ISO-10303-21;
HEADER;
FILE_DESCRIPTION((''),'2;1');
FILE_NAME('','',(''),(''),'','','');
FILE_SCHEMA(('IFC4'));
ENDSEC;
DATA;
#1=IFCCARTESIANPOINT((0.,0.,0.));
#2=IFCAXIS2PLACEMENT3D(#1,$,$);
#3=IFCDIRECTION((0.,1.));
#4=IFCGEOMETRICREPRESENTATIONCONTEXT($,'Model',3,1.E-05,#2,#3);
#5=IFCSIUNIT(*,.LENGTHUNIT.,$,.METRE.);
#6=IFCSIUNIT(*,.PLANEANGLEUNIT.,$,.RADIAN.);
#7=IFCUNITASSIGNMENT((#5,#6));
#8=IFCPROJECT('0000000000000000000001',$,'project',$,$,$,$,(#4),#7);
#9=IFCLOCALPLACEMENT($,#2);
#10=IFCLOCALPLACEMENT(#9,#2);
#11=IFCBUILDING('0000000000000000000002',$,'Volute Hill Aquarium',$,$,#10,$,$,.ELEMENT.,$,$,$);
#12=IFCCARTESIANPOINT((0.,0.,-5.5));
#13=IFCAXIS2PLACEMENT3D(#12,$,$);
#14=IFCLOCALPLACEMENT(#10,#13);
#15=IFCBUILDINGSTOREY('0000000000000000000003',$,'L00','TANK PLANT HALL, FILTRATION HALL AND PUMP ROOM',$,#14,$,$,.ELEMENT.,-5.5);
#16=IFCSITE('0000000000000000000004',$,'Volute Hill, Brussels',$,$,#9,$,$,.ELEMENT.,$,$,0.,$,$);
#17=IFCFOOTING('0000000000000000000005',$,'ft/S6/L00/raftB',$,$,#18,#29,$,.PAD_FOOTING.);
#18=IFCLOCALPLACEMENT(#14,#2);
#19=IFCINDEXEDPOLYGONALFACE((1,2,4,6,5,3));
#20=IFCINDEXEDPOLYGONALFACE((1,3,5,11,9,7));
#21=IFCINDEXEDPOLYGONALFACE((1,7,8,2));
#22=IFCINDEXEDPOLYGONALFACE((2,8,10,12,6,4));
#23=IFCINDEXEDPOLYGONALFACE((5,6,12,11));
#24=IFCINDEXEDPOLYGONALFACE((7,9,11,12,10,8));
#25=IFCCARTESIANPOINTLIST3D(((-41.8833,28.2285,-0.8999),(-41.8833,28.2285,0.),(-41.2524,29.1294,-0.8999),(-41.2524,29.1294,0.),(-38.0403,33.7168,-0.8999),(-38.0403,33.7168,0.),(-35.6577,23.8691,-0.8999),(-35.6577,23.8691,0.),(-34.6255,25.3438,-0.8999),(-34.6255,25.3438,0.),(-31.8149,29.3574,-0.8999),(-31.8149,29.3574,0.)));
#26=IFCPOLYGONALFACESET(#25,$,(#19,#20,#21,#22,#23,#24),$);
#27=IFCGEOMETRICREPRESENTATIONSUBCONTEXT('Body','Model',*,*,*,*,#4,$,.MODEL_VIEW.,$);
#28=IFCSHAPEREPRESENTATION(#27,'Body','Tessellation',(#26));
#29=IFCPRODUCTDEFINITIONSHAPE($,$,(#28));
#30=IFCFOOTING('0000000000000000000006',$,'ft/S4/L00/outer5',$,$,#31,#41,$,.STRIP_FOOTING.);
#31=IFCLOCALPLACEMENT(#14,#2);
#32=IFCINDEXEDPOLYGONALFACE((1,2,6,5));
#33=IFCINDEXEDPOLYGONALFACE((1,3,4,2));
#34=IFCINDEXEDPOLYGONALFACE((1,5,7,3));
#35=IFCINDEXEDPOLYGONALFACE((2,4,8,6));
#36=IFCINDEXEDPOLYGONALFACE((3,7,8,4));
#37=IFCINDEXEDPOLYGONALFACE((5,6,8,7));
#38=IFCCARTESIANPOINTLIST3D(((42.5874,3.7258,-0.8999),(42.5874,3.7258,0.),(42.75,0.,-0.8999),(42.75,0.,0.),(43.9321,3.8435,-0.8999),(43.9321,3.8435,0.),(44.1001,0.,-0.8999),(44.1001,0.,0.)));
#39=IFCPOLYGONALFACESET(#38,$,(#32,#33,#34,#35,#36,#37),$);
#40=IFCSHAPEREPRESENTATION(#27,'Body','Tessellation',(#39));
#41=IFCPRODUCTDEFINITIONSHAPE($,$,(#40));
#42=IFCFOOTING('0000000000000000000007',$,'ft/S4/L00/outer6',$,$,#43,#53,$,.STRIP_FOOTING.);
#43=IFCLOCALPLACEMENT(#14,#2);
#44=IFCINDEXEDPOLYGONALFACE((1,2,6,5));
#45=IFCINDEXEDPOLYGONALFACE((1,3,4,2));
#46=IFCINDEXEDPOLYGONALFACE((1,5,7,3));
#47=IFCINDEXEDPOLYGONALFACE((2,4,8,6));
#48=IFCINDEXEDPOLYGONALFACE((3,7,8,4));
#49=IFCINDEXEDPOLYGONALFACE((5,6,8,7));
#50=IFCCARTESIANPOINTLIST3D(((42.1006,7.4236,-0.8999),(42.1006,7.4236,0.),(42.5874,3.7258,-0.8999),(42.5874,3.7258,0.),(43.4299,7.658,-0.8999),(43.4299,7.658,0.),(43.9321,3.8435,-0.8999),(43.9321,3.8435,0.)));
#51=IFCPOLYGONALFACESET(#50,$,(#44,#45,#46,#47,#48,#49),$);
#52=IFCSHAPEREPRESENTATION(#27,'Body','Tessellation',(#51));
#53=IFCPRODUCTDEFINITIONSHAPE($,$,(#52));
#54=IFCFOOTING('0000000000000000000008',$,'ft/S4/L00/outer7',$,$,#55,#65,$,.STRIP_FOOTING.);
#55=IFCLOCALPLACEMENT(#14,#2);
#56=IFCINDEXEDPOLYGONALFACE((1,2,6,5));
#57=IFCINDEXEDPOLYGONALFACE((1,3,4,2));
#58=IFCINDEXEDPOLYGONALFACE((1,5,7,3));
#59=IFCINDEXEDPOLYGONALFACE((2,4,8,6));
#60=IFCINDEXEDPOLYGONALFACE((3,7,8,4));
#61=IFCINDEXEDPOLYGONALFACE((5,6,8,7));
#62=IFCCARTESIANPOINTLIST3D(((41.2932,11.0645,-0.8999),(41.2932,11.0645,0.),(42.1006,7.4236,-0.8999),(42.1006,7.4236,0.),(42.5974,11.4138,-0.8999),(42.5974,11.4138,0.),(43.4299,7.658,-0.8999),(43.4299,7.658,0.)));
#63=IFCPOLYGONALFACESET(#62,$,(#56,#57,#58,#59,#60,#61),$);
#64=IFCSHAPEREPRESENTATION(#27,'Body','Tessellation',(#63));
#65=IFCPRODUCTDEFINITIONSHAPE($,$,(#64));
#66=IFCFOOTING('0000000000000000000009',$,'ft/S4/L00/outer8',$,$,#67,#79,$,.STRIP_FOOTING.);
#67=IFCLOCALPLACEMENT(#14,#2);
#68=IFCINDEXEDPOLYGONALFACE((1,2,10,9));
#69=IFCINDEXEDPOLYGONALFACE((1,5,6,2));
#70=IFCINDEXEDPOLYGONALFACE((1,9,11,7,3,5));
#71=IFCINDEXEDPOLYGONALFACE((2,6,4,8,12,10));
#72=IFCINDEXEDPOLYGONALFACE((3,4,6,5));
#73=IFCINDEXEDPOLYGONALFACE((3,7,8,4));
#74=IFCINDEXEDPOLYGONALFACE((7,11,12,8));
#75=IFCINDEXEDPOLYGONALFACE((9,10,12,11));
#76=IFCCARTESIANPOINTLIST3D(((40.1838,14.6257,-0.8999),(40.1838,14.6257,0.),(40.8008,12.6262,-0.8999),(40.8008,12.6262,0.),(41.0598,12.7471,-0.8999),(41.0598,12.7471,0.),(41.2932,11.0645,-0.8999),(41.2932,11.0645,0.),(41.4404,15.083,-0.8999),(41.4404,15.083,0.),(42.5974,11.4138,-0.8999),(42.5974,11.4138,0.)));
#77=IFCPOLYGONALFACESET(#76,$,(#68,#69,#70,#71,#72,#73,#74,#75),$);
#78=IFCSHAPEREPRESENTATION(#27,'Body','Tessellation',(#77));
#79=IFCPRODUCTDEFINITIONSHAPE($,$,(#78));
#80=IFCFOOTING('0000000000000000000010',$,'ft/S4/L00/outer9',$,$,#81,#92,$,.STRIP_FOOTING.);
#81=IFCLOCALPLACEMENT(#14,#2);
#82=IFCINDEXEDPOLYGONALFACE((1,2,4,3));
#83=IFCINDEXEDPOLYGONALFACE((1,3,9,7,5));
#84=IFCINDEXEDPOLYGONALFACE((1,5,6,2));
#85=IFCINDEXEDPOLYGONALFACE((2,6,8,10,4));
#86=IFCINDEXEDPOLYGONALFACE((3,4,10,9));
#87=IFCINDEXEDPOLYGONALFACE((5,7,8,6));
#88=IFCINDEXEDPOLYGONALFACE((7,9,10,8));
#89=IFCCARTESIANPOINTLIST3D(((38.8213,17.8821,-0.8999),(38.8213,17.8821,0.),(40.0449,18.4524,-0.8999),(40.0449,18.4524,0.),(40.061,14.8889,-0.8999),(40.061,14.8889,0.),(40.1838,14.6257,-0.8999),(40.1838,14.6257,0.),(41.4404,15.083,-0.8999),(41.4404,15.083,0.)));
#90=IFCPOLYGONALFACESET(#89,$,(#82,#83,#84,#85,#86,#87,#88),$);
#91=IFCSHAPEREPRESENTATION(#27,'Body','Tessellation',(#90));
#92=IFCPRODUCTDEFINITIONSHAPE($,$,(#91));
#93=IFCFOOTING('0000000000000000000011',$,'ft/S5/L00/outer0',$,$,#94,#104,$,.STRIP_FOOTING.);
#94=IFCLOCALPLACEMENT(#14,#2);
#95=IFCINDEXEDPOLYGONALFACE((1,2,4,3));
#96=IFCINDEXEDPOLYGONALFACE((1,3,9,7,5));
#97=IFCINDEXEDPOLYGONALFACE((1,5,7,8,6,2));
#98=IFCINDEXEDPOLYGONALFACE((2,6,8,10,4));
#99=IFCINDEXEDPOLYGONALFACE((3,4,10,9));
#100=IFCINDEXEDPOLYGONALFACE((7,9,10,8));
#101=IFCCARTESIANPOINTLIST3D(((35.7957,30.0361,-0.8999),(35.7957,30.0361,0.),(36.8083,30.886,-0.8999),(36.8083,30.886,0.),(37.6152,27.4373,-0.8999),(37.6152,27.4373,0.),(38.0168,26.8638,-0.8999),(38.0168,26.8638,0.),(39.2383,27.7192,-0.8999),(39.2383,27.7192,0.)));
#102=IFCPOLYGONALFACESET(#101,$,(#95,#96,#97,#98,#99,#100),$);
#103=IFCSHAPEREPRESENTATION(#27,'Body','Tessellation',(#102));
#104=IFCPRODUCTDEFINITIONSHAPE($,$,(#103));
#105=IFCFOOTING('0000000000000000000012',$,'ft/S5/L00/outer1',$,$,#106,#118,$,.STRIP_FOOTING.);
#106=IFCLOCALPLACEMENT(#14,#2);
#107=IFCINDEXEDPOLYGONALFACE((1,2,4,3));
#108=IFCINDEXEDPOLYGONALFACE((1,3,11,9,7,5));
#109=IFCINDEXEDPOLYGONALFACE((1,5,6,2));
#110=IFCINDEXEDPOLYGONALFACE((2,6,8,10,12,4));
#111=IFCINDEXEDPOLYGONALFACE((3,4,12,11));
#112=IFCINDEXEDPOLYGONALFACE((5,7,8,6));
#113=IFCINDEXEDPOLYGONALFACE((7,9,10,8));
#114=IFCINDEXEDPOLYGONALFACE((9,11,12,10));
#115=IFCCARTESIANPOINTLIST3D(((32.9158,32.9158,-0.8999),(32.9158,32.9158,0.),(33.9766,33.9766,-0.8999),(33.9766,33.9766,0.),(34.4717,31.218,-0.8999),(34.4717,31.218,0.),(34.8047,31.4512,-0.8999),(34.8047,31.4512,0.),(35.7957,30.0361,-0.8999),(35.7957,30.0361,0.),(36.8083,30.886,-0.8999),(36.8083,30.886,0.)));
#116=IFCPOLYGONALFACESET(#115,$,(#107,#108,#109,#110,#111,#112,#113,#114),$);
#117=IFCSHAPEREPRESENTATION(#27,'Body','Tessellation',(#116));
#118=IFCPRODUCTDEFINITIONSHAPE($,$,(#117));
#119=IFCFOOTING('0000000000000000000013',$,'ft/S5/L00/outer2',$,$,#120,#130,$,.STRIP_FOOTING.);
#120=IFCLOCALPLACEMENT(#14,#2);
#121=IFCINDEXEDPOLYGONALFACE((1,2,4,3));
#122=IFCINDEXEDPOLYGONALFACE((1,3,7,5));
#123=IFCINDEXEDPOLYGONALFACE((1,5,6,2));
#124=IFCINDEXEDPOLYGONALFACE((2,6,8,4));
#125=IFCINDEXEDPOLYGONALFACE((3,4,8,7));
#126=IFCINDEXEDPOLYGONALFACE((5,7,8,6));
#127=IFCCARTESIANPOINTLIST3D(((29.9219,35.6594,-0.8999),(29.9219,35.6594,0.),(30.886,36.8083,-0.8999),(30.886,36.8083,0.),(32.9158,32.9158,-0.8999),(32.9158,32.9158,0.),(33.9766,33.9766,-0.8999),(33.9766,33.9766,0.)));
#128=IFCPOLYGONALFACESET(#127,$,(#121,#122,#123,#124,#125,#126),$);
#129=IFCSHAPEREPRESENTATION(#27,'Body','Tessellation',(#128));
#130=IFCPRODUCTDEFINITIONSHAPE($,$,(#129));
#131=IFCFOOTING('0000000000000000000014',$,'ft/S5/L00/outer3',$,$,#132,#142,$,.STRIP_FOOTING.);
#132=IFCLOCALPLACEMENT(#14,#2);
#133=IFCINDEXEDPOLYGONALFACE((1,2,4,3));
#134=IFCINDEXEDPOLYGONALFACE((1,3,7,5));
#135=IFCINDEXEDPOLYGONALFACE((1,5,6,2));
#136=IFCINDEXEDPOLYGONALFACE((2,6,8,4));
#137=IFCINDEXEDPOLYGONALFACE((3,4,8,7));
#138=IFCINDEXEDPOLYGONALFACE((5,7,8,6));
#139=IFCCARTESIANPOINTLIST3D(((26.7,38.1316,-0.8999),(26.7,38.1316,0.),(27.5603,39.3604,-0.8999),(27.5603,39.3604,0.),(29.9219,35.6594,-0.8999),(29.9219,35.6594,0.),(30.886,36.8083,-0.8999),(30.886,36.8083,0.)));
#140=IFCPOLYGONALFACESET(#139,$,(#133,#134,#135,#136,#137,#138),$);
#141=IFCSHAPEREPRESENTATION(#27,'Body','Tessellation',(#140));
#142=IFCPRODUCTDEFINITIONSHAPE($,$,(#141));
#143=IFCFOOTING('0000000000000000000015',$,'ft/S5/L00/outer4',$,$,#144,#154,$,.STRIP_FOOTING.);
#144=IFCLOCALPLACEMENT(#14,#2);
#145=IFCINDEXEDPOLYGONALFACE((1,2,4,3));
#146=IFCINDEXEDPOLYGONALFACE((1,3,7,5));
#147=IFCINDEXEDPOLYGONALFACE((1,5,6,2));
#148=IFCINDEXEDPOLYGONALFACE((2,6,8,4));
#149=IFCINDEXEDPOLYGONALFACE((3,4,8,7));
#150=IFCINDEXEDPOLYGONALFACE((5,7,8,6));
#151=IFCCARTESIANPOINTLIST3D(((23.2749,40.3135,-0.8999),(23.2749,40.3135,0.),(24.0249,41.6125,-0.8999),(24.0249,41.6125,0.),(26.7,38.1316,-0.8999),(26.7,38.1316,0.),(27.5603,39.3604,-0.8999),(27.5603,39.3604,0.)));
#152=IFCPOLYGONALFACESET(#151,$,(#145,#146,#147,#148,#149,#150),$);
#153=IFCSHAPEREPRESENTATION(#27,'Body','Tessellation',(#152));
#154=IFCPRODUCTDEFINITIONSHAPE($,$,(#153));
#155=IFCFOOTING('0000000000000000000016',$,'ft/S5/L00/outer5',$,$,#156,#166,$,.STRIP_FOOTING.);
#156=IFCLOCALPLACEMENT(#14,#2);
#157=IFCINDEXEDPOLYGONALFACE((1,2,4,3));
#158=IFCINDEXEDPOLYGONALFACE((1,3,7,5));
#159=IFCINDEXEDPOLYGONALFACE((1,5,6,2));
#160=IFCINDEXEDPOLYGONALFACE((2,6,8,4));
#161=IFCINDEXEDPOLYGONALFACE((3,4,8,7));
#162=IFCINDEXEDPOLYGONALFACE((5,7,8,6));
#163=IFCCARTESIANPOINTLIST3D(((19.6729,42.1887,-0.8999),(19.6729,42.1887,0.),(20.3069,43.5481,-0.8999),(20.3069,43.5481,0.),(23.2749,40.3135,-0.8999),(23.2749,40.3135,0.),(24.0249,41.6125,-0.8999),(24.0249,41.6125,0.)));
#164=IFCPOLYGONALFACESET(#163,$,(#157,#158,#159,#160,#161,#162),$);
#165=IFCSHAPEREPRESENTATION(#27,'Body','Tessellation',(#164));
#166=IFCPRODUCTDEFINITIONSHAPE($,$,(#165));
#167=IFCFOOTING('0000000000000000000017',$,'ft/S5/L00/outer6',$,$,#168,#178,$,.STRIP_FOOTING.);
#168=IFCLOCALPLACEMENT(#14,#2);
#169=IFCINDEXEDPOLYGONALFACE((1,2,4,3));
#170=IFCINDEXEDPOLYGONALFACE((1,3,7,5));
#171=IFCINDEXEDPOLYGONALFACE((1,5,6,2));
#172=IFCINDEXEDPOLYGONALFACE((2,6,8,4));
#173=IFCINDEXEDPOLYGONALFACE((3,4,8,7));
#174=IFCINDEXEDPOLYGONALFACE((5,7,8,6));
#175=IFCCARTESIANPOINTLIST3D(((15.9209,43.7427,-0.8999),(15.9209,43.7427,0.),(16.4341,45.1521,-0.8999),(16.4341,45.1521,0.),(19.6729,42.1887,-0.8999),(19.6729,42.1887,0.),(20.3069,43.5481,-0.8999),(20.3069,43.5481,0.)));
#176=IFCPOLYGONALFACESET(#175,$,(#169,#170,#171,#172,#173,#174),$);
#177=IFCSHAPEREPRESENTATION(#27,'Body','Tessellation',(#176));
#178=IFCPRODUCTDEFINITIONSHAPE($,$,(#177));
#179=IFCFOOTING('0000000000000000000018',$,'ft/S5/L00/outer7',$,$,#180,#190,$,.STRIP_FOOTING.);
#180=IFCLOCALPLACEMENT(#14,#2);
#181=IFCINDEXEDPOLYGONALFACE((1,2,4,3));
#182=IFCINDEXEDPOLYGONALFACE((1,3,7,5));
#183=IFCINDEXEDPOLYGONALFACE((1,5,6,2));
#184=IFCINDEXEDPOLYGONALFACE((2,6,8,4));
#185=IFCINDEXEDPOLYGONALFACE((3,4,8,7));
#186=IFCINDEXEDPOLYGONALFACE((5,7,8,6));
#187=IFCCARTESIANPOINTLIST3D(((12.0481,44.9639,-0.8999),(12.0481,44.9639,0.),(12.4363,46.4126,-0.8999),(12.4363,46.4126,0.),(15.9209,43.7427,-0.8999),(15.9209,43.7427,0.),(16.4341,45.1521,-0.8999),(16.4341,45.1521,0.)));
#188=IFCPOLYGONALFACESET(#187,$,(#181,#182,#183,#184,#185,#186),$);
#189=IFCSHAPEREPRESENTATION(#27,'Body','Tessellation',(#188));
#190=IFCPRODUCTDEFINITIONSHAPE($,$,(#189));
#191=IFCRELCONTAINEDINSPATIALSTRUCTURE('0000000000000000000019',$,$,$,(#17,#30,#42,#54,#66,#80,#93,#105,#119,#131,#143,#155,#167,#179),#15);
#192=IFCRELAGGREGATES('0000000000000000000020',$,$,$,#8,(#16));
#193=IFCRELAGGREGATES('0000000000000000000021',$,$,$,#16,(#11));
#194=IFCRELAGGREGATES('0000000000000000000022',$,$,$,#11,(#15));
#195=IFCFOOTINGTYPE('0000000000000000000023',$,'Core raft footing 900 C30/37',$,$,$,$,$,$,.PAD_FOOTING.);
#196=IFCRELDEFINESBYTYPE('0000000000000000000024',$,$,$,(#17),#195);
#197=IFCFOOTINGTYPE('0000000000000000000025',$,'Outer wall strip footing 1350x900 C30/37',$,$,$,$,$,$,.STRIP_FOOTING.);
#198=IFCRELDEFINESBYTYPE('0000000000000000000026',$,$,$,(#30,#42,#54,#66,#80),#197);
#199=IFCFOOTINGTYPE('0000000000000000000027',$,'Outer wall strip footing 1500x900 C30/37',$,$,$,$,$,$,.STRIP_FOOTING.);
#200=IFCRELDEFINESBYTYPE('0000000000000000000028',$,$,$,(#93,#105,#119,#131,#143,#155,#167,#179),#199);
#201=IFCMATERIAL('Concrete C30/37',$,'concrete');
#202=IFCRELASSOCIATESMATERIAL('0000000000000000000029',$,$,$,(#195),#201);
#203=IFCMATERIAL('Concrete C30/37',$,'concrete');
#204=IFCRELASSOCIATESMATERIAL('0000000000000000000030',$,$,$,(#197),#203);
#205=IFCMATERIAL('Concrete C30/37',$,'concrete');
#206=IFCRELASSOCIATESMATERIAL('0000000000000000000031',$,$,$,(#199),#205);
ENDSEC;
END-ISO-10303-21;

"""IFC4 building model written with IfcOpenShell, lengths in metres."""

from ifc_helpers import new_model, si_unit, direction, frame, origin, place, context, subcontext, project, spatial, polyline, outline, extrude, material, type_object, element, save


model = new_model("IFC4")

# Units and contexts
model_context = context("Model", 3, precision=1e-05, world=origin(), true_north=direction((0.0, 1.0)))
body_context = subcontext(model_context, "Body", "Model", "MODEL_VIEW")
ifc_project = project(units=[si_unit("LENGTHUNIT", "METRE"), si_unit("PLANEANGLEUNIT", "RADIAN")], contexts=[model_context])

# Site, building, storey
site_placement = place(None, origin())
site = spatial("IfcSite", under=ifc_project, at=site_placement, Name="Volute Hill, Brussels", CompositionType="ELEMENT", RefElevation=0.0)
building_placement = place(site_placement, origin())
building = spatial("IfcBuilding", under=site, at=building_placement, Name="Volute Hill Aquarium", CompositionType="ELEMENT")
storey_placement = place(building_placement, frame((0.0, 0.0, -5.5)))
storey = spatial("IfcBuildingStorey", under=building, at=storey_placement, Name="L00", Description="TANK PLANT HALL, FILTRATION HALL AND PUMP ROOM", CompositionType="ELEMENT", Elevation=-5.5)

# Footings
ifc_material_1 = material(Name="Concrete C30/37", Category="concrete")
footing_type_1 = type_object("IfcFootingType", Name="Core raft footing 900 C30/37", PredefinedType="PAD_FOOTING", material=ifc_material_1)
footing_1_placement = place(storey_placement, frame((0.0, 0.0, -0.8999)))
element("IfcFooting", 1, at=footing_1_placement, inside=storey, type_object=footing_type_1, Name="ft/S6/L00/raftB", PredefinedType="PAD_FOOTING", context=body_context, shape_type="SweptSolid", body=[
    extrude(outline(polyline([(-41.8833, 28.2285), (-41.2524, 29.1294), (-41.2524, 29.1294), (-38.0403, 33.7168), (-31.8149, 29.3574), (-34.6255, 25.3438), (-34.6255, 25.3438), (-35.6577, 23.8691), (-41.8833, 28.2285)])), origin(), (0.0, 0.0, 1.0), 0.8999),
])
ifc_material_2 = material(Name="Concrete C30/37", Category="concrete")
footing_type_2 = type_object("IfcFootingType", Name="Outer wall strip footing 1350x900 C30/37", PredefinedType="STRIP_FOOTING", material=ifc_material_2)
footing_2_placement = place(storey_placement, frame((0.0, 0.0, -0.8999)))
element("IfcFooting", 2, at=footing_2_placement, inside=storey, type_object=footing_type_2, Name="ft/S4/L00/outer5", PredefinedType="STRIP_FOOTING", context=body_context, shape_type="SweptSolid", body=[
    extrude(outline(polyline([(43.9321, 3.8435), (44.1001, 0.0), (42.75, 0.0), (42.5874, 3.7258), (43.9321, 3.8435)])), origin(), (0.0, 0.0, 1.0), 0.8999),
])
footing_3_placement = place(storey_placement, frame((0.0, 0.0, -0.8999)))
element("IfcFooting", 3, at=footing_3_placement, inside=storey, type_object=footing_type_2, Name="ft/S4/L00/outer6", PredefinedType="STRIP_FOOTING", context=body_context, shape_type="SweptSolid", body=[
    extrude(outline(polyline([(43.4299, 7.658), (43.9321, 3.8435), (42.5874, 3.7258), (42.1006, 7.4236), (43.4299, 7.658)])), origin(), (0.0, 0.0, 1.0), 0.8999),
])
footing_4_placement = place(storey_placement, frame((0.0, 0.0, -0.8999)))
element("IfcFooting", 4, at=footing_4_placement, inside=storey, type_object=footing_type_2, Name="ft/S4/L00/outer7", PredefinedType="STRIP_FOOTING", context=body_context, shape_type="SweptSolid", body=[
    extrude(outline(polyline([(42.5974, 11.4138), (43.4299, 7.658), (42.1006, 7.4236), (41.2932, 11.0645), (42.5974, 11.4138)])), origin(), (0.0, 0.0, 1.0), 0.8999),
])
footing_5_placement = place(storey_placement, frame((0.0, 0.0, -0.8999)))
element("IfcFooting", 5, at=footing_5_placement, inside=storey, type_object=footing_type_2, Name="ft/S4/L00/outer8", PredefinedType="STRIP_FOOTING", context=body_context, shape_type="SweptSolid", body=[
    extrude(outline(polyline([(41.4404, 15.083), (42.5974, 11.4138), (41.2932, 11.0645), (40.8008, 12.6262), (41.0598, 12.7471), (40.1838, 14.6257), (41.4404, 15.083)])), origin(), (0.0, 0.0, 1.0), 0.8999),
])
footing_6_placement = place(storey_placement, frame((0.0, 0.0, -0.8999)))
element("IfcFooting", 6, at=footing_6_placement, inside=storey, type_object=footing_type_2, Name="ft/S4/L00/outer9", PredefinedType="STRIP_FOOTING", context=body_context, shape_type="SweptSolid", body=[
    extrude(outline(polyline([(40.1838, 14.6257), (40.061, 14.8889), (38.8213, 17.8821), (40.0449, 18.4524), (41.4404, 15.083), (40.1838, 14.6257)])), origin(), (0.0, 0.0, 1.0), 0.8999),
])
ifc_material_3 = material(Name="Concrete C30/37", Category="concrete")
footing_type_3 = type_object("IfcFootingType", Name="Outer wall strip footing 1500x900 C30/37", PredefinedType="STRIP_FOOTING", material=ifc_material_3)
footing_7_placement = place(storey_placement, frame((0.0, 0.0, -0.8999)))
element("IfcFooting", 7, at=footing_7_placement, inside=storey, type_object=footing_type_3, Name="ft/S5/L00/outer0", PredefinedType="STRIP_FOOTING", context=body_context, shape_type="SweptSolid", body=[
    extrude(outline(polyline([(36.8083, 30.886), (39.2383, 27.7192), (38.0168, 26.8638), (37.6152, 27.4373), (37.6152, 27.4373), (35.7957, 30.0361), (36.8083, 30.886)])), origin(), (0.0, 0.0, 1.0), 0.8999),
])
footing_8_placement = place(storey_placement, frame((0.0, 0.0, -0.8999)))
element("IfcFooting", 8, at=footing_8_placement, inside=storey, type_object=footing_type_3, Name="ft/S5/L00/outer1", PredefinedType="STRIP_FOOTING", context=body_context, shape_type="SweptSolid", body=[
    extrude(outline(polyline([(33.9766, 33.9766), (36.8083, 30.886), (35.7957, 30.0361), (34.8047, 31.4512), (34.4717, 31.218), (32.9158, 32.9158), (33.9766, 33.9766)])), origin(), (0.0, 0.0, 1.0), 0.8999),
])
footing_9_placement = place(storey_placement, frame((0.0, 0.0, -0.8999)))
element("IfcFooting", 9, at=footing_9_placement, inside=storey, type_object=footing_type_3, Name="ft/S5/L00/outer2", PredefinedType="STRIP_FOOTING", context=body_context, shape_type="SweptSolid", body=[
    extrude(outline(polyline([(30.886, 36.8083), (33.9766, 33.9766), (32.9158, 32.9158), (29.9219, 35.6594), (30.886, 36.8083)])), origin(), (0.0, 0.0, 1.0), 0.8999),
])
footing_10_placement = place(storey_placement, frame((0.0, 0.0, -0.8999)))
element("IfcFooting", 10, at=footing_10_placement, inside=storey, type_object=footing_type_3, Name="ft/S5/L00/outer3", PredefinedType="STRIP_FOOTING", context=body_context, shape_type="SweptSolid", body=[
    extrude(outline(polyline([(27.5603, 39.3604), (30.886, 36.8083), (29.9219, 35.6594), (26.7, 38.1316), (27.5603, 39.3604)])), origin(), (0.0, 0.0, 1.0), 0.8999),
])
footing_11_placement = place(storey_placement, frame((0.0, 0.0, -0.8999)))
element("IfcFooting", 11, at=footing_11_placement, inside=storey, type_object=footing_type_3, Name="ft/S5/L00/outer4", PredefinedType="STRIP_FOOTING", context=body_context, shape_type="SweptSolid", body=[
    extrude(outline(polyline([(24.0249, 41.6125), (27.5603, 39.3604), (26.7, 38.1316), (23.2749, 40.3135), (24.0249, 41.6125)])), origin(), (0.0, 0.0, 1.0), 0.8999),
])
footing_12_placement = place(storey_placement, frame((0.0, 0.0, -0.8999)))
element("IfcFooting", 12, at=footing_12_placement, inside=storey, type_object=footing_type_3, Name="ft/S5/L00/outer5", PredefinedType="STRIP_FOOTING", context=body_context, shape_type="SweptSolid", body=[
    extrude(outline(polyline([(20.3069, 43.5481), (24.0249, 41.6125), (23.2749, 40.3135), (19.6729, 42.1887), (20.3069, 43.5481)])), origin(), (0.0, 0.0, 1.0), 0.8999),
])
footing_13_placement = place(storey_placement, frame((0.0, 0.0, -0.8999)))
element("IfcFooting", 13, at=footing_13_placement, inside=storey, type_object=footing_type_3, Name="ft/S5/L00/outer6", PredefinedType="STRIP_FOOTING", context=body_context, shape_type="SweptSolid", body=[
    extrude(outline(polyline([(16.4341, 45.1521), (20.3069, 43.5481), (19.6729, 42.1887), (15.9209, 43.7427), (16.4341, 45.1521)])), origin(), (0.0, 0.0, 1.0), 0.8999),
])
footing_14_placement = place(storey_placement, frame((0.0, 0.0, -0.8999)))
element("IfcFooting", 14, at=footing_14_placement, inside=storey, type_object=footing_type_3, Name="ft/S5/L00/outer7", PredefinedType="STRIP_FOOTING", context=body_context, shape_type="SweptSolid", body=[
    extrude(outline(polyline([(12.4363, 46.4126), (16.4341, 45.1521), (15.9209, 43.7427), (12.0481, 44.9639), (12.4363, 46.4126)])), origin(), (0.0, 0.0, 1.0), 0.8999),
])

save(model, "model.ifc")
